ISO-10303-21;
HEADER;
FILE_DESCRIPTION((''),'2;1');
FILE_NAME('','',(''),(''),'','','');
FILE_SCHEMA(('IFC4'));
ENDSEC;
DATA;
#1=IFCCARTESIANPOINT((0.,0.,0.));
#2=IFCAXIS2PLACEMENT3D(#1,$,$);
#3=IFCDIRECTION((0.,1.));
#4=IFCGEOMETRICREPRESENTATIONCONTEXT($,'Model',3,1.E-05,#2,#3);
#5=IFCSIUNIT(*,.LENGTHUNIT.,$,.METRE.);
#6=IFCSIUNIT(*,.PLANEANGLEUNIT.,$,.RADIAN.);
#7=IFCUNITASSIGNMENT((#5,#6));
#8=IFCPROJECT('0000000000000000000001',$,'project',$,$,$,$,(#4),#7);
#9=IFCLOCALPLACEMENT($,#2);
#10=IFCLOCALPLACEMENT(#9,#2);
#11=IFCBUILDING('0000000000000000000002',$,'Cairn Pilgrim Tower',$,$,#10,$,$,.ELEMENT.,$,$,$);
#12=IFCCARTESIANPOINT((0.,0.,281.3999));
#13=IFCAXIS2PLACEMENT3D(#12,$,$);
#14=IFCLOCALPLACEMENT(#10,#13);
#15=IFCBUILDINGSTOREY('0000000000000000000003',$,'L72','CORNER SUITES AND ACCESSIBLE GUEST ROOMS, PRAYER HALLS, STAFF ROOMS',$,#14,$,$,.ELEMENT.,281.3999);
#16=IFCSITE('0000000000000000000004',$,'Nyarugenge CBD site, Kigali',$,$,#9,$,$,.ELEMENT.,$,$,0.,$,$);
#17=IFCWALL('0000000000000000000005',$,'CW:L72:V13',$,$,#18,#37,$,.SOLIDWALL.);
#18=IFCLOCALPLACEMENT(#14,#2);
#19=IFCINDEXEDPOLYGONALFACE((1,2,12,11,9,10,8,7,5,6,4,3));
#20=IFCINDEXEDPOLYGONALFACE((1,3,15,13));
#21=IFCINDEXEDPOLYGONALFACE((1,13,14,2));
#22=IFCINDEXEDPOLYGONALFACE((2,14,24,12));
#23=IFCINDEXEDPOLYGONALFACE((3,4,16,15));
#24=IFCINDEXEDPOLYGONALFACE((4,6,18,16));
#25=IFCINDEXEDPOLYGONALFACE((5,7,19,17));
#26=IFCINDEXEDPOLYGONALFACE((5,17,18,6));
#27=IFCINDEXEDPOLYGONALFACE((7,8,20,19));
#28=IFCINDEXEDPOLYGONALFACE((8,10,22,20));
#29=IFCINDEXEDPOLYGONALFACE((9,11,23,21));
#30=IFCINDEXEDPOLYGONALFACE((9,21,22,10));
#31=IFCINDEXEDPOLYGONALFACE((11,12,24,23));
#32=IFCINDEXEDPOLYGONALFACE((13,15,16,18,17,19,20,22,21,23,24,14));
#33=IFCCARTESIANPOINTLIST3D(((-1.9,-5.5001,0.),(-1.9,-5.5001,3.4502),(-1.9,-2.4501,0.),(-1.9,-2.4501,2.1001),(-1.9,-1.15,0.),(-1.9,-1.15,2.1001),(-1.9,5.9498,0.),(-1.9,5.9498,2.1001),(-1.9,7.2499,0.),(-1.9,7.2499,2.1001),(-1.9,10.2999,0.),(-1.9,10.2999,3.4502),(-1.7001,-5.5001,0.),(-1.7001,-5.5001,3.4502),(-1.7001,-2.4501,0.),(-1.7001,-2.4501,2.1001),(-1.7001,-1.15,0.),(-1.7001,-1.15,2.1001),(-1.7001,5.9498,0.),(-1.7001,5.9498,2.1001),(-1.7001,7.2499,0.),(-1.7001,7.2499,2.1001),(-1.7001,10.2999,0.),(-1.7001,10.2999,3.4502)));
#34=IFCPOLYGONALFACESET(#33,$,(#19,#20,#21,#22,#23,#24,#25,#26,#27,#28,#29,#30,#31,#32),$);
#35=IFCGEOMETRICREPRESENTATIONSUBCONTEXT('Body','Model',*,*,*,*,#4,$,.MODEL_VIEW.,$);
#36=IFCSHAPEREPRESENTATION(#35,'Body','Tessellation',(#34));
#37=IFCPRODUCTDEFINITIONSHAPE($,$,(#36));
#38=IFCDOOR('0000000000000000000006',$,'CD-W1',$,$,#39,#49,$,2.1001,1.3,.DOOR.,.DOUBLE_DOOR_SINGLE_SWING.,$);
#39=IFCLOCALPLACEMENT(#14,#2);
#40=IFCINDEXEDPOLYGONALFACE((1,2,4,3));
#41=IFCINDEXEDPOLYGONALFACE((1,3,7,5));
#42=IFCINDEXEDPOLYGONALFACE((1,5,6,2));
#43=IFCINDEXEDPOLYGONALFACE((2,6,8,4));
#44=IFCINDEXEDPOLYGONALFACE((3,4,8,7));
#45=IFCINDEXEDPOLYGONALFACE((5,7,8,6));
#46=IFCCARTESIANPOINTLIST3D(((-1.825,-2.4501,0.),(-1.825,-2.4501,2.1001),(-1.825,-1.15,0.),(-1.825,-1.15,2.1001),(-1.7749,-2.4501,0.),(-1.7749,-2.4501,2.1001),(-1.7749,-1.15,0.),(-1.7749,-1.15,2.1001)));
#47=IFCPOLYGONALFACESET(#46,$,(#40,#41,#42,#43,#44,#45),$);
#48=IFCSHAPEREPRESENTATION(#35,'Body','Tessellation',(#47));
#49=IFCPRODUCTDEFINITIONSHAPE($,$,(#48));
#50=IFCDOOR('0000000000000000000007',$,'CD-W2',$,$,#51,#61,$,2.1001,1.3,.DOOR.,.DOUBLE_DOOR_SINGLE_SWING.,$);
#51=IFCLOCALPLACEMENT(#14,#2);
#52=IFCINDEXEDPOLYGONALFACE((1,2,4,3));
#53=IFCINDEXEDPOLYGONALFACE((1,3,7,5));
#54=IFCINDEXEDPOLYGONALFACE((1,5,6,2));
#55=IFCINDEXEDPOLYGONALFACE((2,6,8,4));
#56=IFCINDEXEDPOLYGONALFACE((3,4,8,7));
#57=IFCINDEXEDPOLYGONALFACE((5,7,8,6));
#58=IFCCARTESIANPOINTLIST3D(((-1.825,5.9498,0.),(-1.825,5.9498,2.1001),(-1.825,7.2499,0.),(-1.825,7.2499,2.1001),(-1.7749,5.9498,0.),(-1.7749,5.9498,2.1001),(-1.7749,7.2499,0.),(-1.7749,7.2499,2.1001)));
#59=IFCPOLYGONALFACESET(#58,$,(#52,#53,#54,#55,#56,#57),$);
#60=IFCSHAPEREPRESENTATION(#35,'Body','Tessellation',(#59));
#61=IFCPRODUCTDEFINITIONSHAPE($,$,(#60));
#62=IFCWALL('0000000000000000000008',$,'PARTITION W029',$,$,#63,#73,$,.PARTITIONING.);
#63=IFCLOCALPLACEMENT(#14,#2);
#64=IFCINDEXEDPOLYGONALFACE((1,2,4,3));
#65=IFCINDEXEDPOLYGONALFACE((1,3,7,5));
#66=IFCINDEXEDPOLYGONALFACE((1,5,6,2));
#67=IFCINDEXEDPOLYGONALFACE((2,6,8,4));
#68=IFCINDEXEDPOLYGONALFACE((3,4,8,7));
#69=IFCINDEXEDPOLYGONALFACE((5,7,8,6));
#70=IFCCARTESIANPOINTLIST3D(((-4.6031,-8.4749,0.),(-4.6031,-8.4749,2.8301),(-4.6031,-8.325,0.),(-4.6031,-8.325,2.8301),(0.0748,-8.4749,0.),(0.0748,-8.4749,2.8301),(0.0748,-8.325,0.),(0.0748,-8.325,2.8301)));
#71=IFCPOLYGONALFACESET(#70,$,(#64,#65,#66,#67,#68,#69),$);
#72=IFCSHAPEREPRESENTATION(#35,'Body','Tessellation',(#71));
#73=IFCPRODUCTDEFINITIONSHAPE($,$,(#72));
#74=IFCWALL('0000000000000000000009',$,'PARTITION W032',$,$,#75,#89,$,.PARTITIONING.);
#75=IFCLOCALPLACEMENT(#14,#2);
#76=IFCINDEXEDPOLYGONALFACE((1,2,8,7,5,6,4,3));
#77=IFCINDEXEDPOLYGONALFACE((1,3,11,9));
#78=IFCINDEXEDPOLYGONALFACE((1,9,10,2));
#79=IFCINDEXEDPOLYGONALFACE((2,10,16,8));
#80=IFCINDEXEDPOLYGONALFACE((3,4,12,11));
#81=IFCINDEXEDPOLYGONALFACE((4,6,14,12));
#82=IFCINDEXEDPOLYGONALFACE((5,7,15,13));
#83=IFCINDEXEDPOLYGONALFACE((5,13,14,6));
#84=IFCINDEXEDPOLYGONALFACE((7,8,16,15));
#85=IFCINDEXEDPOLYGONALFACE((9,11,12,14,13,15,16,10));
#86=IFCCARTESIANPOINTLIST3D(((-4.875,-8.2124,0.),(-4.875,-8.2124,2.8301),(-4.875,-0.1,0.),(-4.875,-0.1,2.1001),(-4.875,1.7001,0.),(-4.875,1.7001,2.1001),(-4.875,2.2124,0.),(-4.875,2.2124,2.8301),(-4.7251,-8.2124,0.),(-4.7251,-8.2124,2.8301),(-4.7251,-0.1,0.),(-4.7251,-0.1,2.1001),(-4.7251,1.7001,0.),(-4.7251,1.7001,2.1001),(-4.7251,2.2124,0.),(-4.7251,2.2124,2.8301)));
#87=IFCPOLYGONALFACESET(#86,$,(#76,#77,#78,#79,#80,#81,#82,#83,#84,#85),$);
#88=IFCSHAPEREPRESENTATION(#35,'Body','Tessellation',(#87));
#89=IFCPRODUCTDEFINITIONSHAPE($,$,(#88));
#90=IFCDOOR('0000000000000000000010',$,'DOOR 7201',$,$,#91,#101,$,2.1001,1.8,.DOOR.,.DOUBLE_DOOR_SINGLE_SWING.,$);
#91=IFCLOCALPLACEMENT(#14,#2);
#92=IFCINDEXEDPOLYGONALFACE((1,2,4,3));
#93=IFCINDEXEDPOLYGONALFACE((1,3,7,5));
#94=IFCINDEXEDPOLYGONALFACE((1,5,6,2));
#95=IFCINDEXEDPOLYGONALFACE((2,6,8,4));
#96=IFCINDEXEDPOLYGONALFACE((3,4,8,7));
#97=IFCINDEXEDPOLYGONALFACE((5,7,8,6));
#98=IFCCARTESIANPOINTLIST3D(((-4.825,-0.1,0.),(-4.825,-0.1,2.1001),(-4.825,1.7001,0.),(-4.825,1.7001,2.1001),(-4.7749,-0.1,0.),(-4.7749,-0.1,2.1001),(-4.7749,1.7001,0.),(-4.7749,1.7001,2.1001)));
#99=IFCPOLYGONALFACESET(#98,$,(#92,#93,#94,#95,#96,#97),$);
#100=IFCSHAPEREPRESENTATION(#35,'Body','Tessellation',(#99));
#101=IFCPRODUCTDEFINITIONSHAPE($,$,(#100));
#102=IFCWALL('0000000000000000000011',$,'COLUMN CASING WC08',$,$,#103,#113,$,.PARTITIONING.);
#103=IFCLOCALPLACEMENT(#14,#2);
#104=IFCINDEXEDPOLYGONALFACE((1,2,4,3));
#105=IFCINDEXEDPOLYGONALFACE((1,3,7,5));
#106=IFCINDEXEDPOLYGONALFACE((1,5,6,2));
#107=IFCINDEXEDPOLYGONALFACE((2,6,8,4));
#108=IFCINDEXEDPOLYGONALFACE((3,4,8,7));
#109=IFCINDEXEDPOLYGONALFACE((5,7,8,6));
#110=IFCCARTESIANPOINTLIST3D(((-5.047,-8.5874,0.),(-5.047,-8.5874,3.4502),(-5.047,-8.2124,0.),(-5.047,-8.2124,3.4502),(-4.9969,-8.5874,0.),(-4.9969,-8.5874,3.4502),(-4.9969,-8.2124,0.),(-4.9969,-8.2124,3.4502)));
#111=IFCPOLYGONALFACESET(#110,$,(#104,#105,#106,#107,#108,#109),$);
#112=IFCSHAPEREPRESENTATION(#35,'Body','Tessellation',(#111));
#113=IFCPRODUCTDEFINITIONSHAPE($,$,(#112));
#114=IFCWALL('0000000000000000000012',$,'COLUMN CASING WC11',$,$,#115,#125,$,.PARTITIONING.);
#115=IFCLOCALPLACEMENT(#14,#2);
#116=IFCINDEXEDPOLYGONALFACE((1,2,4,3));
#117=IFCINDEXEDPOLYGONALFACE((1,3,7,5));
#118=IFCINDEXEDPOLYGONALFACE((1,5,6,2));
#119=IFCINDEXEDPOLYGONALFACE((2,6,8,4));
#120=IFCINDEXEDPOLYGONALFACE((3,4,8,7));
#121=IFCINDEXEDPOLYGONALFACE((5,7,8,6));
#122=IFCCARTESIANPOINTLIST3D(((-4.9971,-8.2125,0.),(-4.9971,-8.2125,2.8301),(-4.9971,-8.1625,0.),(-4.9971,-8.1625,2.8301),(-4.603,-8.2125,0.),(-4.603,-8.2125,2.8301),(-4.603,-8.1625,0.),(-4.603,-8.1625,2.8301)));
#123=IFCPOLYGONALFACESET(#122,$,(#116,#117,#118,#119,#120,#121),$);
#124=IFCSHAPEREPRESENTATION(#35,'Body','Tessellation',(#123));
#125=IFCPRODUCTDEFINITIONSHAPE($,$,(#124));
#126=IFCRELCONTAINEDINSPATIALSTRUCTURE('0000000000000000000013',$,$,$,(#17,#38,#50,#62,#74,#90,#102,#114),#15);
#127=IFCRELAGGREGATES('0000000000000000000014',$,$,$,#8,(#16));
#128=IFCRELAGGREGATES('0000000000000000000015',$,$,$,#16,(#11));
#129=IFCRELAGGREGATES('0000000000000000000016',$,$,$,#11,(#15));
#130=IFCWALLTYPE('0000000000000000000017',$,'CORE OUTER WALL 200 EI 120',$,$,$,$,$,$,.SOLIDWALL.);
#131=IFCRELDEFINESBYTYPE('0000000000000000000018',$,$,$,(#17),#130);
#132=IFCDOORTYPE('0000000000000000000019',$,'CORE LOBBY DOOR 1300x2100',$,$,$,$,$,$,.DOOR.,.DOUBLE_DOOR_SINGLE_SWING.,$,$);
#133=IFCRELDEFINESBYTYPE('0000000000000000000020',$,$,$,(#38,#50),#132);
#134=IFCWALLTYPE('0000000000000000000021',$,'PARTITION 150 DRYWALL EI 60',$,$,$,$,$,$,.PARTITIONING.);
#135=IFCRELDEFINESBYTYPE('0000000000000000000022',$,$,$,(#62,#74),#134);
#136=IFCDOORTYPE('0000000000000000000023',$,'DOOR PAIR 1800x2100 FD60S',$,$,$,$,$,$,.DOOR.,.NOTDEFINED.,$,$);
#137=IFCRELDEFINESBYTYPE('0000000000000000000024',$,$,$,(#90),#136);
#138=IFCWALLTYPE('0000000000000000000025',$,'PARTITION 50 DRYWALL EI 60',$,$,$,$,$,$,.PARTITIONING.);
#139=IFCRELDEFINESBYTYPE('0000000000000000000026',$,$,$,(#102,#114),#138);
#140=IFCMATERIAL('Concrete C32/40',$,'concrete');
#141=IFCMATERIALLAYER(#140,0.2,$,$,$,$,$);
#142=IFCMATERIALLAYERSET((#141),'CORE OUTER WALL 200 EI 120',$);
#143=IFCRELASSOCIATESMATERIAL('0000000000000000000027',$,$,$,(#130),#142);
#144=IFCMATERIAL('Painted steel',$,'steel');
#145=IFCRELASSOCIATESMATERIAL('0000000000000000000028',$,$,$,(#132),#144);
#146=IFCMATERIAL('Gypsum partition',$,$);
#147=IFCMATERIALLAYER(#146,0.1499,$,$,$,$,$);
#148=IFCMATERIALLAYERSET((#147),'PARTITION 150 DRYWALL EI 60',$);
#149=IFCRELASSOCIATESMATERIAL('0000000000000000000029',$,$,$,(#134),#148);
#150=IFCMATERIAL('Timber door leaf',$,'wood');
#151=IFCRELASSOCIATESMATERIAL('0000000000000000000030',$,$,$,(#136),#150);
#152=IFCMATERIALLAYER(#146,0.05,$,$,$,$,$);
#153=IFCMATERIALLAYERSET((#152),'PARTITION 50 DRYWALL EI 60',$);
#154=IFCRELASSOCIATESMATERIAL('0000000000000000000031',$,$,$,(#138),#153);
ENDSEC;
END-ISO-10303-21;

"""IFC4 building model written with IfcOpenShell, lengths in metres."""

from ifc_helpers import new_model, si_unit, direction, frame, frame_2d, origin, place, context, subcontext, project, spatial, rectangle, extrude, material, layer, layer_set, type_object, element, fill, save


model = new_model("IFC4")

# Units and contexts
model_context = context("Model", 3, precision=1e-05, world=origin(), true_north=direction((0.0, 1.0)))
body_context = subcontext(model_context, "Body", "Model", "MODEL_VIEW")
ifc_project = project(units=[si_unit("LENGTHUNIT", "METRE"), si_unit("PLANEANGLEUNIT", "RADIAN")], contexts=[model_context])

# Site, building, storey
site_placement = place(None, origin())
site = spatial("IfcSite", under=ifc_project, at=site_placement, Name="Nyarugenge CBD site, Kigali", CompositionType="ELEMENT", RefElevation=0.0)
building_placement = place(site_placement, origin())
building = spatial("IfcBuilding", under=site, at=building_placement, Name="Cairn Pilgrim Tower", CompositionType="ELEMENT")
storey_placement = place(building_placement, frame((0.0, 0.0, 281.3999)))
storey = spatial("IfcBuildingStorey", under=building, at=storey_placement, Name="L72", Description="CORNER SUITES AND ACCESSIBLE GUEST ROOMS, PRAYER HALLS, STAFF ROOMS", CompositionType="ELEMENT", Elevation=281.3999)

# Wall, openings, doors
ifc_material_1 = material(Name="Concrete C32/40", Category="concrete")
ifc_layer_1 = layer(ifc_material_1, 0.2)
ifc_layer_set_1 = layer_set([ifc_layer_1], Name="CORE OUTER WALL 200 EI 120")
wall_type_1 = type_object("IfcWallType", Name="CORE OUTER WALL 200 EI 120", PredefinedType="SOLIDWALL", material=ifc_layer_set_1)
wall_1_placement = place(storey_placement, frame((-1.8, -5.5, 0.0), z_axis=(0.0, 0.0, 1.0), x_axis=(0.0, 1.0, 0.0)))
wall_1 = element("IfcWall", 1, at=wall_1_placement, inside=storey, type_object=wall_type_1, Name="CW:L72:V13", PredefinedType="SOLIDWALL", context=body_context, shape_type="SweptSolid", body=[
    extrude(rectangle(XDim=15.8, YDim=0.2, at=frame_2d((7.8999, 0.0))), origin(), (0.0, 0.0, 1.0), 3.4502),
])
opening_1_placement = place(wall_1_placement, frame((3.05, 0.0, 0.0)))
opening_1 = element("IfcOpeningElement", 2, at=opening_1_placement, cuts=wall_1, PredefinedType="OPENING", context=body_context, shape_type="SweptSolid", body=[
    extrude(rectangle(XDim=1.3, YDim=2.1001, at=frame_2d((0.6499, 1.05))), frame((0.0, 0.1099, 0.0), z_axis=(0.0, -1.0, 0.0), x_axis=(1.0, 0.0, 0.0)), (0.0, 0.0, 1.0), 0.22),
])
opening_2_placement = place(wall_1_placement, frame((11.45, 0.0, 0.0)))
opening_2 = element("IfcOpeningElement", 3, at=opening_2_placement, cuts=wall_1, PredefinedType="OPENING", context=body_context, shape_type="SweptSolid", body=[
    extrude(rectangle(XDim=1.3, YDim=2.1001, at=frame_2d((0.6499, 1.05))), frame((0.0, 0.1099, 0.0), z_axis=(0.0, -1.0, 0.0), x_axis=(1.0, 0.0, 0.0)), (0.0, 0.0, 1.0), 0.22),
])
ifc_material_2 = material(Name="Painted steel", Category="steel")
door_type_1 = type_object("IfcDoorType", Name="CORE LOBBY DOOR 1300x2100", OperationType="DOUBLE_DOOR_SINGLE_SWING", PredefinedType="DOOR", material=ifc_material_2)
door_1_placement = place(opening_1_placement, origin())
door_1 = element("IfcDoor", 4, at=door_1_placement, inside=storey, type_object=door_type_1, Name="CD-W1", OperationType="DOUBLE_DOOR_SINGLE_SWING", OverallHeight=2.1001, OverallWidth=1.3, PredefinedType="DOOR", context=body_context, shape_type="SweptSolid", body=[
    extrude(rectangle(XDim=1.3, YDim=2.1001, at=frame_2d((0.6499, 1.05))), frame((0.0, 0.0249, 0.0), z_axis=(0.0, -1.0, 0.0), x_axis=(1.0, 0.0, 0.0)), (0.0, 0.0, 1.0), 0.05),
])
fill(opening_1, door_1)
door_2_placement = place(opening_2_placement, origin())
door_2 = element("IfcDoor", 5, at=door_2_placement, inside=storey, type_object=door_type_1, Name="CD-W2", OperationType="DOUBLE_DOOR_SINGLE_SWING", OverallHeight=2.1001, OverallWidth=1.3, PredefinedType="DOOR", context=body_context, shape_type="SweptSolid", body=[
    extrude(rectangle(XDim=1.3, YDim=2.1001, at=frame_2d((0.6499, 1.05))), frame((0.0, 0.0249, 0.0), z_axis=(0.0, -1.0, 0.0), x_axis=(1.0, 0.0, 0.0)), (0.0, 0.0, 1.0), 0.05),
])
fill(opening_2, door_2)

# Wall
ifc_material_3 = material(Name="Gypsum partition")
ifc_layer_2 = layer(ifc_material_3, 0.1499)
ifc_layer_set_2 = layer_set([ifc_layer_2], Name="PARTITION 150 DRYWALL EI 60")
wall_type_2 = type_object("IfcWallType", Name="PARTITION 150 DRYWALL EI 60", PredefinedType="PARTITIONING", material=ifc_layer_set_2)
wall_2_placement = place(storey_placement, frame((-4.603, -8.3999, 0.0), z_axis=(0.0, 0.0, 1.0), x_axis=(1.0, 0.0, 0.0)))
element("IfcWall", 6, at=wall_2_placement, inside=storey, type_object=wall_type_2, Name="PARTITION W029", PredefinedType="PARTITIONING", context=body_context, shape_type="SweptSolid", body=[
    extrude(rectangle(XDim=4.678, YDim=0.1499, at=frame_2d((2.3389, 0.0))), origin(), (0.0, 0.0, 1.0), 2.8301),
])

# Wall, opening, door
wall_3_placement = place(storey_placement, frame((-4.8, -8.2124, 0.0), z_axis=(0.0, 0.0, 1.0), x_axis=(0.0, 1.0, 0.0)))
wall_3 = element("IfcWall", 7, at=wall_3_placement, inside=storey, type_object=wall_type_2, Name="PARTITION W032", PredefinedType="PARTITIONING", context=body_context, shape_type="SweptSolid", body=[
    extrude(rectangle(XDim=10.4248, YDim=0.1499, at=frame_2d((5.2124, 0.0))), origin(), (0.0, 0.0, 1.0), 2.8301),
])
opening_3_placement = place(wall_3_placement, frame((8.1125, 0.0, 0.0)))
opening_3 = element("IfcOpeningElement", 8, at=opening_3_placement, cuts=wall_3, PredefinedType="OPENING", context=body_context, shape_type="SweptSolid", body=[
    extrude(rectangle(XDim=1.8, YDim=2.1001, at=frame_2d((0.8999, 1.05))), frame((0.0, 0.085, 0.0), z_axis=(0.0, -1.0, 0.0), x_axis=(1.0, 0.0, 0.0)), (0.0, 0.0, 1.0), 0.1699),
])
ifc_material_4 = material(Name="Timber door leaf", Category="wood")
door_type_2 = type_object("IfcDoorType", Name="DOOR PAIR 1800x2100 FD60S", OperationType="NOTDEFINED", PredefinedType="DOOR", material=ifc_material_4)
door_3_placement = place(opening_3_placement, origin())
door_3 = element("IfcDoor", 9, at=door_3_placement, inside=storey, type_object=door_type_2, Name="DOOR 7201", OperationType="DOUBLE_DOOR_SINGLE_SWING", OverallHeight=2.1001, OverallWidth=1.8, PredefinedType="DOOR", context=body_context, shape_type="SweptSolid", body=[
    extrude(rectangle(XDim=1.8, YDim=2.1001, at=frame_2d((0.8999, 1.05))), frame((0.0, 0.0249, 0.0), z_axis=(0.0, -1.0, 0.0), x_axis=(1.0, 0.0, 0.0)), (0.0, 0.0, 1.0), 0.05),
])
fill(opening_3, door_3)

# Walls
ifc_layer_3 = layer(ifc_material_3, 0.05)
ifc_layer_set_3 = layer_set([ifc_layer_3], Name="PARTITION 50 DRYWALL EI 60")
wall_type_3 = type_object("IfcWallType", Name="PARTITION 50 DRYWALL EI 60", PredefinedType="PARTITIONING", material=ifc_layer_set_3)
wall_4_placement = place(storey_placement, frame((-5.022, -8.5874, 0.0), z_axis=(0.0, 0.0, 1.0), x_axis=(0.0, 1.0, 0.0)))
element("IfcWall", 10, at=wall_4_placement, inside=storey, type_object=wall_type_3, Name="COLUMN CASING WC08", PredefinedType="PARTITIONING", context=body_context, shape_type="SweptSolid", body=[
    extrude(rectangle(XDim=0.375, YDim=0.05, at=frame_2d((0.1875, 0.0))), origin(), (0.0, 0.0, 1.0), 3.4502),
])
wall_5_placement = place(storey_placement, frame((-4.9971, -8.1875, 0.0), z_axis=(0.0, 0.0, 1.0), x_axis=(1.0, 0.0, 0.0)))
element("IfcWall", 11, at=wall_5_placement, inside=storey, type_object=wall_type_3, Name="COLUMN CASING WC11", PredefinedType="PARTITIONING", context=body_context, shape_type="SweptSolid", body=[
    extrude(rectangle(XDim=0.394, YDim=0.05, at=frame_2d((0.197, 0.0))), origin(), (0.0, 0.0, 1.0), 2.8301),
])

save(model, "model.ifc")
